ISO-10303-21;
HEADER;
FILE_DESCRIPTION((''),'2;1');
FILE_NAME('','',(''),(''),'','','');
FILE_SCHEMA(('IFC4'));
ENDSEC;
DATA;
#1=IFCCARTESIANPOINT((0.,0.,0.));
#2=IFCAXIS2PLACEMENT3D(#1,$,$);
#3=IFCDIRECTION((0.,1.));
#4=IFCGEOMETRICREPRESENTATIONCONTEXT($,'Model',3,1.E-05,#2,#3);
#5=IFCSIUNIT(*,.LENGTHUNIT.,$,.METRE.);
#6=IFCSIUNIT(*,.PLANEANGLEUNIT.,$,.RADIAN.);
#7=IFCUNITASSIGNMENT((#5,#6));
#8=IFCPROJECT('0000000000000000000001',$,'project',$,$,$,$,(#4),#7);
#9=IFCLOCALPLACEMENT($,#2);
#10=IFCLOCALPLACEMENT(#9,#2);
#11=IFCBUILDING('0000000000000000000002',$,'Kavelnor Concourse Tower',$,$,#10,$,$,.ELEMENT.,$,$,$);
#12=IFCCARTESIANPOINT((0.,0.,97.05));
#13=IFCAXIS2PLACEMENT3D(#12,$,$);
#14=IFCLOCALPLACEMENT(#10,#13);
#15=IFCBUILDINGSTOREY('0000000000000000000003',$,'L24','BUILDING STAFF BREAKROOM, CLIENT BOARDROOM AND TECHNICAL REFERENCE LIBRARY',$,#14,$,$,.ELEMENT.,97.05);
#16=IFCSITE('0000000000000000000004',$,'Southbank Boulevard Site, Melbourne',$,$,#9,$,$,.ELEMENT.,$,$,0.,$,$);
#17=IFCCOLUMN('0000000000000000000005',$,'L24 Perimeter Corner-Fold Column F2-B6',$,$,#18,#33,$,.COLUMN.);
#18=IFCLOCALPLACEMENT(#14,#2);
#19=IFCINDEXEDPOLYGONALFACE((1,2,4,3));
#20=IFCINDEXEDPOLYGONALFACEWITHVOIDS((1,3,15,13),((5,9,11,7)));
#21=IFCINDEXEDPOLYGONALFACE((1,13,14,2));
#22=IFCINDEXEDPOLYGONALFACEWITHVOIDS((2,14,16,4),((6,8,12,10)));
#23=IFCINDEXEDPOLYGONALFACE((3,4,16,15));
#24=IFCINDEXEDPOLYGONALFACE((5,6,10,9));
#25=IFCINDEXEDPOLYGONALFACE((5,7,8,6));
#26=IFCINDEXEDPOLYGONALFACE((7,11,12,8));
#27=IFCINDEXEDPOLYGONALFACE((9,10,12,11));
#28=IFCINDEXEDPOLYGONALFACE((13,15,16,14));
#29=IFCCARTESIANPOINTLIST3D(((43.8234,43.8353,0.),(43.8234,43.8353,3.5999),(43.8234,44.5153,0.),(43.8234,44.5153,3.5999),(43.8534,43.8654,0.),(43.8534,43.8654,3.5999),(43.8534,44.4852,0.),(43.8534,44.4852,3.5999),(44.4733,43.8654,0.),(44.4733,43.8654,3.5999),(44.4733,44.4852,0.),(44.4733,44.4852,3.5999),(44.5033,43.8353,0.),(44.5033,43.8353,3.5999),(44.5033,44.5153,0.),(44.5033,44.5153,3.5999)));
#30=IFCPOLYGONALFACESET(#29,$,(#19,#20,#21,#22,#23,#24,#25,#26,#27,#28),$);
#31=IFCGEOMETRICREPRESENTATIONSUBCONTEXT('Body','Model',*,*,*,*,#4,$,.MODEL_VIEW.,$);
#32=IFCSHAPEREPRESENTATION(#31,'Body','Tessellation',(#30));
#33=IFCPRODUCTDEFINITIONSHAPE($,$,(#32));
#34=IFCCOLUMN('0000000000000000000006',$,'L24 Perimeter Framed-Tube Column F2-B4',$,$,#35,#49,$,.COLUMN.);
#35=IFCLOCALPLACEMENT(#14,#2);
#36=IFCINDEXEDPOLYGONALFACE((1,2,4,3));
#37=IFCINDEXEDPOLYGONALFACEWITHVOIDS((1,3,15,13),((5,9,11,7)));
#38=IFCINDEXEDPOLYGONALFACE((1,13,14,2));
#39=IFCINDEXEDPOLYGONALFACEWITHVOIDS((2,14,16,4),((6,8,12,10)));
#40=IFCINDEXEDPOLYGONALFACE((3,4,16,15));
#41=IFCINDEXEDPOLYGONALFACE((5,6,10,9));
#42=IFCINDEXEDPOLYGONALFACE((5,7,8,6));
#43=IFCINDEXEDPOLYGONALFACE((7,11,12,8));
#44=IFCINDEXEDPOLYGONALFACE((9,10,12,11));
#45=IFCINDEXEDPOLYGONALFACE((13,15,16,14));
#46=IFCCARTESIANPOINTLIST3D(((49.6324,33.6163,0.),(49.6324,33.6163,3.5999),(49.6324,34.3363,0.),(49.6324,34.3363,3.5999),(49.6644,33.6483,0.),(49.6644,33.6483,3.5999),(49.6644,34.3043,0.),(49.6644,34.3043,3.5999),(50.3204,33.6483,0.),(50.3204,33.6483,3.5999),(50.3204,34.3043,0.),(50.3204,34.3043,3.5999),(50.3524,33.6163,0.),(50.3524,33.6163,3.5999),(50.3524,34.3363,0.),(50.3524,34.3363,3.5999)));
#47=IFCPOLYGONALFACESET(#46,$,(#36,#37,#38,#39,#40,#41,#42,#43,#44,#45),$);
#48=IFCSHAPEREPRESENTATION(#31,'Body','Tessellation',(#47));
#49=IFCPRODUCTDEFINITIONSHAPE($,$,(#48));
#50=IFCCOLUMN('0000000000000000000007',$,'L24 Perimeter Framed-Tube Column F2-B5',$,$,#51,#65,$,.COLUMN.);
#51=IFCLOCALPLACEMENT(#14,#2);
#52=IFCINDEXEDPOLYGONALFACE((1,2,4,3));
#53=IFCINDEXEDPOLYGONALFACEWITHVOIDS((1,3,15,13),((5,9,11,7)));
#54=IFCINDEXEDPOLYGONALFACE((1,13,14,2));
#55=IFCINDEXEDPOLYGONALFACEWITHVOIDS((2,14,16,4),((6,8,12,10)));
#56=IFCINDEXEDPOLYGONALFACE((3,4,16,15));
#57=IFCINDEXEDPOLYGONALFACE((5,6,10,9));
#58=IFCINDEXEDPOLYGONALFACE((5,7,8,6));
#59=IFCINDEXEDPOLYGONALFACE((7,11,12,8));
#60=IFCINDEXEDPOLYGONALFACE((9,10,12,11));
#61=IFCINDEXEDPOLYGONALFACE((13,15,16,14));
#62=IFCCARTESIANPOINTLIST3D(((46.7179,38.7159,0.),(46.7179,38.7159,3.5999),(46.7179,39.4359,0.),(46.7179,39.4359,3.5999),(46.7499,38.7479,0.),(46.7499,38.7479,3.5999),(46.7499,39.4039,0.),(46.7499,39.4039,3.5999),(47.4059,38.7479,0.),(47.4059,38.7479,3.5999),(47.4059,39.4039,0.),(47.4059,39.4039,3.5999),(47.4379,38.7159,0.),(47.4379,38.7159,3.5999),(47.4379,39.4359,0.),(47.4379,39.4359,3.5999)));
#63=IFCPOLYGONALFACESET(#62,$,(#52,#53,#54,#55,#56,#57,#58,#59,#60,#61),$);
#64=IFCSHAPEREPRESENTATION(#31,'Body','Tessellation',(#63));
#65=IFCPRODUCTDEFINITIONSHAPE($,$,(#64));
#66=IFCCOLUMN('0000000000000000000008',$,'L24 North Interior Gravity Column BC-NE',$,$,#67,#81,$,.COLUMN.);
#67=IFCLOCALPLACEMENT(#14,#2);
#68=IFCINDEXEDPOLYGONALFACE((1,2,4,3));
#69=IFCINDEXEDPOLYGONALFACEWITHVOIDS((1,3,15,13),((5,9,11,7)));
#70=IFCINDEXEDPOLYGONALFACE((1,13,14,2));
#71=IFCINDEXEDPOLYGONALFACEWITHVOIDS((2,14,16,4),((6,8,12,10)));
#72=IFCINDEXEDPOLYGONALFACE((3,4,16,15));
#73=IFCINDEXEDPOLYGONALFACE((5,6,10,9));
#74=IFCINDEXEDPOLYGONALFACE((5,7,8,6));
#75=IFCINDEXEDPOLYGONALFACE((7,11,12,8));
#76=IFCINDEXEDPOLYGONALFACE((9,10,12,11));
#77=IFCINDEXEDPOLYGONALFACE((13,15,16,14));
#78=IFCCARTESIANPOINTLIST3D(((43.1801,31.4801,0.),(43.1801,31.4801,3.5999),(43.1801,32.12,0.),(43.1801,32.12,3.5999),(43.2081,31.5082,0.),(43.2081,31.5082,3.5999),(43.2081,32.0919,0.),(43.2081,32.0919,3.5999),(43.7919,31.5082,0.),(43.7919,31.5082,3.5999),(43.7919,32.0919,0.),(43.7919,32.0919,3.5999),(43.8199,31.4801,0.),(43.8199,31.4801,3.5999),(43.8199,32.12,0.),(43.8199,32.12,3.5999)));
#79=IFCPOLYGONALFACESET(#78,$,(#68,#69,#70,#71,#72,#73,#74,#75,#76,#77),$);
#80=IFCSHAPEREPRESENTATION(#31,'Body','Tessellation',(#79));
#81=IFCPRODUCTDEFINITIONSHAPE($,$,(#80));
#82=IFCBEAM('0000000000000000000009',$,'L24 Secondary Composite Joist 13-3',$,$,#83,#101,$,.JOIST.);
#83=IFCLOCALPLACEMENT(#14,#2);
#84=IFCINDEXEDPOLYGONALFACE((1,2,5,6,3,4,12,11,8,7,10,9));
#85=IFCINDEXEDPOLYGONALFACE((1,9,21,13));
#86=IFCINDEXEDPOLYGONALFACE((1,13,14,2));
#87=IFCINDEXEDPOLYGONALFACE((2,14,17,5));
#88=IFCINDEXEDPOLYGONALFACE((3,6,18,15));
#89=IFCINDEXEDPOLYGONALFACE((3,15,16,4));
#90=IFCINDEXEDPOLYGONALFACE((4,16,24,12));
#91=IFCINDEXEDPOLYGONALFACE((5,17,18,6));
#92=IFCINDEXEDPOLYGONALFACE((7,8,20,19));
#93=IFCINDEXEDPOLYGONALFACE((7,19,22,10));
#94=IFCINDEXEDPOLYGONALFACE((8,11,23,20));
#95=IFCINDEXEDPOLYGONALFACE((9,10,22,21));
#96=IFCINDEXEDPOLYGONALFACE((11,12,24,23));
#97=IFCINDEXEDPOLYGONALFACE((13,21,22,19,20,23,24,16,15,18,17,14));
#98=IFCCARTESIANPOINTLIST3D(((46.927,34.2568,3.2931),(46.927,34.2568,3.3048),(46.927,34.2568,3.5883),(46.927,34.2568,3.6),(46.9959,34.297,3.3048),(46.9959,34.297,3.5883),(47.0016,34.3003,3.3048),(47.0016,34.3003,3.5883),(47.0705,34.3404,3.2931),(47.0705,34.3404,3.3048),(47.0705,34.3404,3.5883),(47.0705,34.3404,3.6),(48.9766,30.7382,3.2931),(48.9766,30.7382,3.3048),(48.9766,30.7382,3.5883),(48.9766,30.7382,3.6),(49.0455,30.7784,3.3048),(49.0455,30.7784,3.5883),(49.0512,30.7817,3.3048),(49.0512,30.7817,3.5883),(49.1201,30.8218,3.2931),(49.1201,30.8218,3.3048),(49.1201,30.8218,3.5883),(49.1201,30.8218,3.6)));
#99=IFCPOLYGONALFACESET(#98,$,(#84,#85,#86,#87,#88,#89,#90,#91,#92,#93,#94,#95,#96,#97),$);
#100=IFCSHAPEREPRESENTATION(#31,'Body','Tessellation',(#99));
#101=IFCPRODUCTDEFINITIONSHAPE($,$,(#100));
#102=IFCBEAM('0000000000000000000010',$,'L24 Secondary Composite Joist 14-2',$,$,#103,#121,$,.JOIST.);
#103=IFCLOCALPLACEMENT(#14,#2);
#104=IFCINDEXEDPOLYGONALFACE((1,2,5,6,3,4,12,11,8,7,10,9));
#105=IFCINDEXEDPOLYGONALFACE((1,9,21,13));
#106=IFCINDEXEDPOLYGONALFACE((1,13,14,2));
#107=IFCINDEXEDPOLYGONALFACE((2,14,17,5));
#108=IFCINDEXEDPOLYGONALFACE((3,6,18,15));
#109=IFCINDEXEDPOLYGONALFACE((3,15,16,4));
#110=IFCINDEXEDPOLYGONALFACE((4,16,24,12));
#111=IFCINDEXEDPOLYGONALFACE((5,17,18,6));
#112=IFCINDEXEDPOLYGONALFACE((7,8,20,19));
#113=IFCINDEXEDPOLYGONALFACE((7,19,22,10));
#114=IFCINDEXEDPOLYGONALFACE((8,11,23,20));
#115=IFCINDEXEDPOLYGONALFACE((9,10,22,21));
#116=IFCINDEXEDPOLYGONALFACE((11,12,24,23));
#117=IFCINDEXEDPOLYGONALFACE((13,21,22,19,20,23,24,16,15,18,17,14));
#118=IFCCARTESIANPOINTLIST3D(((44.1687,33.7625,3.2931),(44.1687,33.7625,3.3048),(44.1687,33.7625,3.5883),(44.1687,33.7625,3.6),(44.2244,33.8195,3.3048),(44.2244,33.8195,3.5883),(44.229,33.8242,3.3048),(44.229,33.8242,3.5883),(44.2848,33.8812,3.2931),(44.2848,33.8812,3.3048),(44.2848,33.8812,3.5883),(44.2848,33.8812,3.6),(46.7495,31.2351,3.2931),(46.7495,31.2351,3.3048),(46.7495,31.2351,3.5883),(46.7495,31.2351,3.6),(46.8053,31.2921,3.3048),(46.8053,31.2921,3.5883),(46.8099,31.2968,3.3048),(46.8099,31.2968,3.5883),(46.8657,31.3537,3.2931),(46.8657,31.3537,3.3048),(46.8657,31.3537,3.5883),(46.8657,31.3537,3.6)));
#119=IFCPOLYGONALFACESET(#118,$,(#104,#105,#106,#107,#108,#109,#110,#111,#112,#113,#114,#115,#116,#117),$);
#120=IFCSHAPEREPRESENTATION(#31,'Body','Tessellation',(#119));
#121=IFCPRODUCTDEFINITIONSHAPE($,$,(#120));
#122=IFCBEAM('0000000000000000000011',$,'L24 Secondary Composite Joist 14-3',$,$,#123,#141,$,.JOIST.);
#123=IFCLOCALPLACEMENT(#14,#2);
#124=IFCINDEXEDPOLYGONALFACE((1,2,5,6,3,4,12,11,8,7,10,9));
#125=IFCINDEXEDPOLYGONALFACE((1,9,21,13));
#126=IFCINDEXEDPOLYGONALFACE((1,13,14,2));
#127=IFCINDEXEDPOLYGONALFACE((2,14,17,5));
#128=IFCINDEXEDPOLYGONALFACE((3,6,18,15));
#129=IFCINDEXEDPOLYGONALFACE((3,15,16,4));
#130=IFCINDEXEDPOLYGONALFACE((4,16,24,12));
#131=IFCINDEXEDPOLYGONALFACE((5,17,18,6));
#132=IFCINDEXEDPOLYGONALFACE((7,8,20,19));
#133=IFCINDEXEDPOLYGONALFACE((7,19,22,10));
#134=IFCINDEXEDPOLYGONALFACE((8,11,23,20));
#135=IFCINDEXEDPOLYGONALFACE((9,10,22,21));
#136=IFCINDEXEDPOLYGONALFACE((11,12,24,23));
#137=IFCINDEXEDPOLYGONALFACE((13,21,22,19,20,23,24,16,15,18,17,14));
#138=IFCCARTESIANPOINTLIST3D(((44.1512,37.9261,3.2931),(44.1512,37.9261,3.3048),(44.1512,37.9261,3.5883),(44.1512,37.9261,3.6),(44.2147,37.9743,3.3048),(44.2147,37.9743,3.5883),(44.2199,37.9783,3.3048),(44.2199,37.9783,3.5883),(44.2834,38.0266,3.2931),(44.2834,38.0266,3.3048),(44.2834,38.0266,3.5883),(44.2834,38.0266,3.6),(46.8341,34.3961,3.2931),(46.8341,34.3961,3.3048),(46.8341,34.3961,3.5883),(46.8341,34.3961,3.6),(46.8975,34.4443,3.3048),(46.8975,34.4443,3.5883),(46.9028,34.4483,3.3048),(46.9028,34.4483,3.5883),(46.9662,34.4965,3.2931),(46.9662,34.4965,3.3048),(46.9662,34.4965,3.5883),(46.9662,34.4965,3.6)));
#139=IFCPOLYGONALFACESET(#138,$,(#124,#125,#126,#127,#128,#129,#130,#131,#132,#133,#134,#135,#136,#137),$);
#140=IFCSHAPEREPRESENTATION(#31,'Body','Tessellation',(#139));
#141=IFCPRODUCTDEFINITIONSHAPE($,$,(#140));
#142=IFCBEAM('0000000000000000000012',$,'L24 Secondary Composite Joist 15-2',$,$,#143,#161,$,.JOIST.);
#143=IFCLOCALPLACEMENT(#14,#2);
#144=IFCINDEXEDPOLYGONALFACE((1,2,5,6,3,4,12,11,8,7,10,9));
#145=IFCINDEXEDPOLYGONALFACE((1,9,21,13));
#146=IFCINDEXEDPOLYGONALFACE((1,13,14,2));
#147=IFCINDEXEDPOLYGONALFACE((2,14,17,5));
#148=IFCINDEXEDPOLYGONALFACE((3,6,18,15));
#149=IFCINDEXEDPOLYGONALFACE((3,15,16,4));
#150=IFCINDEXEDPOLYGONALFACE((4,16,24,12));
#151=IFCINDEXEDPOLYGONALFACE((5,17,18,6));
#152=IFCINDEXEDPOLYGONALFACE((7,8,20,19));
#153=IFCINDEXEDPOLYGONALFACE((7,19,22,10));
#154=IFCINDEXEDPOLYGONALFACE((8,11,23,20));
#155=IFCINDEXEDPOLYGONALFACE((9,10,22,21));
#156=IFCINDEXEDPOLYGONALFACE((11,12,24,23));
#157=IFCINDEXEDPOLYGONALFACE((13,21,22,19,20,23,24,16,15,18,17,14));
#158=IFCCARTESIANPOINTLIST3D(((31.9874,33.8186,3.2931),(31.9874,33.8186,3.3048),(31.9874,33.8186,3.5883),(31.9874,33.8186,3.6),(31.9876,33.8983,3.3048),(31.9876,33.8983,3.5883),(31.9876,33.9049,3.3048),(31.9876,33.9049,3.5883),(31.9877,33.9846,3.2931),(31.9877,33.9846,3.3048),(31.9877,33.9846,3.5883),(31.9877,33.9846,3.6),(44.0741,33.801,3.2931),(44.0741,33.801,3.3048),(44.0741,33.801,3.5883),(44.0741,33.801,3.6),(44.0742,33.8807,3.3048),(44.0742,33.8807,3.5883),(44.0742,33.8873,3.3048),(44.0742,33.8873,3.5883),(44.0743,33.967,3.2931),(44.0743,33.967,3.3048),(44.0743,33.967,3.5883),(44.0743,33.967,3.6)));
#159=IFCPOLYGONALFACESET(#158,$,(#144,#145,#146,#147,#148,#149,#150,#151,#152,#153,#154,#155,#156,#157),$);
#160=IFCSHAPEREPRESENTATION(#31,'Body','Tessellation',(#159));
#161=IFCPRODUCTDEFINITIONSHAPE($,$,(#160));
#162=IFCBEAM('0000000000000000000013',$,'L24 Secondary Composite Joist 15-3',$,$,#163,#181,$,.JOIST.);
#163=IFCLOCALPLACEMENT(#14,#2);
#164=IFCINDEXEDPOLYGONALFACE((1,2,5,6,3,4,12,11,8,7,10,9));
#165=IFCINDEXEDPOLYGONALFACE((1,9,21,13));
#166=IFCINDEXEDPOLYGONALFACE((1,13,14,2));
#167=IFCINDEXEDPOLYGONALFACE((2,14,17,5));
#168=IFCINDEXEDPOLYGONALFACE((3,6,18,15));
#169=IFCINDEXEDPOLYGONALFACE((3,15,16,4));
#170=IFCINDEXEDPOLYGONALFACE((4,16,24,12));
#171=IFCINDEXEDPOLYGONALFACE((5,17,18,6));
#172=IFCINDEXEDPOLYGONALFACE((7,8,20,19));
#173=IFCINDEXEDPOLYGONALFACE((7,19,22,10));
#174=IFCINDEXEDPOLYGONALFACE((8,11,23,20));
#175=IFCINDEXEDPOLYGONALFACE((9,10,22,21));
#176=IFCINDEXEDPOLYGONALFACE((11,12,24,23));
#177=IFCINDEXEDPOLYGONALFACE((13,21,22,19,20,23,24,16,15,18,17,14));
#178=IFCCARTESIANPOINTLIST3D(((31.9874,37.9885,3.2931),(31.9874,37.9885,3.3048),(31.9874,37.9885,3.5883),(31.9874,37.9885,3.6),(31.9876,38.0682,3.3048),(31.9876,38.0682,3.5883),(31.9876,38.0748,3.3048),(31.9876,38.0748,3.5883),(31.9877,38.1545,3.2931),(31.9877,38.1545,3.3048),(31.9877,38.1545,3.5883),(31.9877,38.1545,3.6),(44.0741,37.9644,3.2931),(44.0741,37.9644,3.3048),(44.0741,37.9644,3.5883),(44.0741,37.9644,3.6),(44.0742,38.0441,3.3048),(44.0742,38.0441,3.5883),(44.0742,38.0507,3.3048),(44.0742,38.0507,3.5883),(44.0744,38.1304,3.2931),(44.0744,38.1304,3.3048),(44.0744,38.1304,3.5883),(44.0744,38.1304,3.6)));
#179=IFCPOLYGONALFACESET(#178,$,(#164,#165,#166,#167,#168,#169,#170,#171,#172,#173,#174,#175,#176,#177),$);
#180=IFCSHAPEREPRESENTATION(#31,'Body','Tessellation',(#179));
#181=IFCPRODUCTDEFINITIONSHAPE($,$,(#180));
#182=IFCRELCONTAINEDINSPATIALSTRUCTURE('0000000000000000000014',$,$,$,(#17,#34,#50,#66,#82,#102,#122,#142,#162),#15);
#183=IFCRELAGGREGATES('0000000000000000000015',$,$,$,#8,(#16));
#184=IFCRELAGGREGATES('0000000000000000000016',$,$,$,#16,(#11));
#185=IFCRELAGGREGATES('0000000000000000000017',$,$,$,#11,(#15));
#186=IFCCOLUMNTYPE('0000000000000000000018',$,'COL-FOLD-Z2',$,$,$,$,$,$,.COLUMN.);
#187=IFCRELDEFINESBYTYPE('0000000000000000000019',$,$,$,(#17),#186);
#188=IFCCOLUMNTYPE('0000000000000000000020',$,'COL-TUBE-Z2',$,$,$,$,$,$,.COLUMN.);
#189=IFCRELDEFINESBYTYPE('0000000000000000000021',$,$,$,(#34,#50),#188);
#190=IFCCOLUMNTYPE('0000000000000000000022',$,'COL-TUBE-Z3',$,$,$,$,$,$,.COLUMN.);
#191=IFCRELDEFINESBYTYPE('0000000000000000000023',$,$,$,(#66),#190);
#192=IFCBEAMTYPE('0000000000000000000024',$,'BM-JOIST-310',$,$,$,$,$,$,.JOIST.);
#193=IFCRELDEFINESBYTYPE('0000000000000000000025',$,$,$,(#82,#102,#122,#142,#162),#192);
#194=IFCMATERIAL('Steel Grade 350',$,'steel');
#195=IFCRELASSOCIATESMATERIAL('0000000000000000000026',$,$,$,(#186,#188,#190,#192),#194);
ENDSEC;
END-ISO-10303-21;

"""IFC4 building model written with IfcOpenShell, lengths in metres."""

from ifc_helpers import new_model, si_unit, direction, frame, origin, origin_2d, place, context, subcontext, project, spatial, hollow_rectangle, i_section, extrude, material, material_profile, profile_set, type_object, element, save


model = new_model("IFC4")

# Units and contexts
model_context = context("Model", 3, precision=1e-05, world=origin(), true_north=direction((0.0, 1.0)))
body_context = subcontext(model_context, "Body", "Model", "MODEL_VIEW")
ifc_project = project(units=[si_unit("LENGTHUNIT", "METRE"), si_unit("PLANEANGLEUNIT", "RADIAN")], contexts=[model_context])

# Site, building, storey
site_placement = place(None, origin())
site = spatial("IfcSite", under=ifc_project, at=site_placement, Name="Southbank Boulevard Site, Melbourne", CompositionType="ELEMENT", RefElevation=0.0)
building_placement = place(site_placement, origin())
building = spatial("IfcBuilding", under=site, at=building_placement, Name="Kavelnor Concourse Tower", CompositionType="ELEMENT")
storey_placement = place(building_placement, frame((0.0, 0.0, 97.05)))
storey = spatial("IfcBuildingStorey", under=building, at=storey_placement, Name="L24", Description="BUILDING STAFF BREAKROOM, CLIENT BOARDROOM AND TECHNICAL REFERENCE LIBRARY", CompositionType="ELEMENT", Elevation=97.05)

# Columns
ifc_material_1 = material(Name="Steel Grade 350", Category="steel")
ifc_material_profile_1 = material_profile(ifc_material_1, hollow_rectangle(XDim=0.6799, YDim=0.6799, WallThickness=0.03, at=origin_2d()), Name="SHS 680x680x30")
ifc_profile_set_1 = profile_set([ifc_material_profile_1], Name="Steel Grade 350")
column_type_1 = type_object("IfcColumnType", Name="COL-FOLD-Z2", PredefinedType="COLUMN", material=ifc_profile_set_1)
column_1_placement = place(storey_placement, frame((44.1633, 44.1753, 0.0), z_axis=(0.0, 0.0, 1.0), x_axis=(1.0, 0.0, 0.0)))
element("IfcColumn", 1, at=column_1_placement, inside=storey, type_object=column_type_1, Name="L24 Perimeter Corner-Fold Column F2-B6", PredefinedType="COLUMN", context=body_context, shape_type="SweptSolid", body=[
    extrude(hollow_rectangle(XDim=0.6799, YDim=0.6799, WallThickness=0.03, at=origin_2d()), origin(), (0.0, 0.0, 1.0), 3.5999),
])
ifc_material_profile_2 = material_profile(ifc_material_1, hollow_rectangle(XDim=0.72, YDim=0.72, WallThickness=0.032, at=origin_2d()), Name="SHS 720x720x32")
ifc_profile_set_2 = profile_set([ifc_material_profile_2], Name="Steel Grade 350")
column_type_2 = type_object("IfcColumnType", Name="COL-TUBE-Z2", PredefinedType="COLUMN", material=ifc_profile_set_2)
for number, where, z_axis, x_axis, name in (
    (2, (49.9924, 33.9763, 0.0), (0.0, 0.0, 1.0), (1.0, 0.0, 0.0), "L24 Perimeter Framed-Tube Column F2-B4"),
    (3, (47.0779, 39.0759, 0.0), (0.0, 0.0, 1.0), (1.0, 0.0, 0.0), "L24 Perimeter Framed-Tube Column F2-B5"),
):
    element("IfcColumn", number, at=place(storey_placement, frame(where, z_axis=z_axis, x_axis=x_axis)), inside=storey, type_object=column_type_2, Name=name, PredefinedType="COLUMN", context=body_context, shape_type="SweptSolid", body=[
        extrude(hollow_rectangle(XDim=0.72, YDim=0.72, WallThickness=0.032, at=origin_2d()), origin(), (0.0, 0.0, 1.0), 3.5999),
    ])
ifc_material_profile_3 = material_profile(ifc_material_1, hollow_rectangle(XDim=0.6399, YDim=0.6399, WallThickness=0.0281, at=origin_2d()), Name="SHS 640x640x28")
ifc_profile_set_3 = profile_set([ifc_material_profile_3], Name="Steel Grade 350")
column_type_3 = type_object("IfcColumnType", Name="COL-TUBE-Z3", PredefinedType="COLUMN", material=ifc_profile_set_3)
column_2_placement = place(storey_placement, frame((43.5, 31.8, 0.0), z_axis=(0.0, 0.0, 1.0), x_axis=(1.0, 0.0, 0.0)))
element("IfcColumn", 4, at=column_2_placement, inside=storey, type_object=column_type_3, Name="L24 North Interior Gravity Column BC-NE", PredefinedType="COLUMN", context=body_context, shape_type="SweptSolid", body=[
    extrude(hollow_rectangle(XDim=0.6399, YDim=0.6399, WallThickness=0.0281, at=origin_2d()), origin(), (0.0, 0.0, 1.0), 3.5999),
])

# Beams
ifc_material_profile_4 = material_profile(ifc_material_1, i_section(OverallWidth=0.166, OverallDepth=0.3069, WebThickness=0.0066, FlangeThickness=0.0117, at=origin_2d()), Name="310UB46")
ifc_profile_set_4 = profile_set([ifc_material_profile_4], Name="Steel Grade 350")
beam_type_1 = type_object("IfcBeamType", Name="BM-JOIST-310", PredefinedType="JOIST", material=ifc_profile_set_4)
beam_1_placement = place(storey_placement, frame((49.0483, 30.78, 3.4465), z_axis=(-0.503334, 0.864092, 0.0), x_axis=(-0.864092, -0.503334, 0.0)))
element("IfcBeam", 5, at=beam_1_placement, inside=storey, type_object=beam_type_1, Name="L24 Secondary Composite Joist 13-3", PredefinedType="JOIST", context=body_context, shape_type="SweptSolid", body=[
    extrude(i_section(OverallWidth=0.166, OverallDepth=0.3069, WebThickness=0.0066, FlangeThickness=0.0117, at=origin_2d()), origin(), (0.0, 0.0, 1.0), 4.072),
])
beam_2_placement = place(storey_placement, frame((46.8076, 31.2944, 3.4465), z_axis=(-0.714469, 0.699667, 0.0), x_axis=(-0.699667, -0.714469, 0.0)))
element("IfcBeam", 6, at=beam_2_placement, inside=storey, type_object=beam_type_1, Name="L24 Secondary Composite Joist 14-2", PredefinedType="JOIST", context=body_context, shape_type="SweptSolid", body=[
    extrude(i_section(OverallWidth=0.166, OverallDepth=0.3069, WebThickness=0.0066, FlangeThickness=0.0117, at=origin_2d()), origin(), (0.0, 0.0, 1.0), 3.6123),
])
beam_3_placement = place(storey_placement, frame((46.9001, 34.4463, 3.4465), z_axis=(-0.605089, 0.796158, 0.0), x_axis=(-0.796158, -0.605089, 0.0)))
element("IfcBeam", 7, at=beam_3_placement, inside=storey, type_object=beam_type_1, Name="L24 Secondary Composite Joist 14-3", PredefinedType="JOIST", context=body_context, shape_type="SweptSolid", body=[
    extrude(i_section(OverallWidth=0.166, OverallDepth=0.3069, WebThickness=0.0066, FlangeThickness=0.0117, at=origin_2d()), origin(), (0.0, 0.0, 1.0), 4.4338),
])
for number, where, z_axis, x_axis, name in (
    (8, (44.0742, 33.884, 3.4465), (-0.999999, 0.001454, 0.0), (-0.001454, -0.999999, 0.0), "L24 Secondary Composite Joist 15-2"),
    (9, (44.0742, 38.0474, 3.4465), (-0.999998, 0.002, 0.0), (-0.002, -0.999998, 0.0), "L24 Secondary Composite Joist 15-3"),
):
    element("IfcBeam", number, at=place(storey_placement, frame(where, z_axis=z_axis, x_axis=x_axis)), inside=storey, type_object=beam_type_1, Name=name, PredefinedType="JOIST", context=body_context, shape_type="SweptSolid", body=[
        extrude(i_section(OverallWidth=0.166, OverallDepth=0.3069, WebThickness=0.0066, FlangeThickness=0.0117, at=origin_2d()), origin(), (0.0, 0.0, 1.0), 12.0867),
    ])

save(model, "model.ifc")
